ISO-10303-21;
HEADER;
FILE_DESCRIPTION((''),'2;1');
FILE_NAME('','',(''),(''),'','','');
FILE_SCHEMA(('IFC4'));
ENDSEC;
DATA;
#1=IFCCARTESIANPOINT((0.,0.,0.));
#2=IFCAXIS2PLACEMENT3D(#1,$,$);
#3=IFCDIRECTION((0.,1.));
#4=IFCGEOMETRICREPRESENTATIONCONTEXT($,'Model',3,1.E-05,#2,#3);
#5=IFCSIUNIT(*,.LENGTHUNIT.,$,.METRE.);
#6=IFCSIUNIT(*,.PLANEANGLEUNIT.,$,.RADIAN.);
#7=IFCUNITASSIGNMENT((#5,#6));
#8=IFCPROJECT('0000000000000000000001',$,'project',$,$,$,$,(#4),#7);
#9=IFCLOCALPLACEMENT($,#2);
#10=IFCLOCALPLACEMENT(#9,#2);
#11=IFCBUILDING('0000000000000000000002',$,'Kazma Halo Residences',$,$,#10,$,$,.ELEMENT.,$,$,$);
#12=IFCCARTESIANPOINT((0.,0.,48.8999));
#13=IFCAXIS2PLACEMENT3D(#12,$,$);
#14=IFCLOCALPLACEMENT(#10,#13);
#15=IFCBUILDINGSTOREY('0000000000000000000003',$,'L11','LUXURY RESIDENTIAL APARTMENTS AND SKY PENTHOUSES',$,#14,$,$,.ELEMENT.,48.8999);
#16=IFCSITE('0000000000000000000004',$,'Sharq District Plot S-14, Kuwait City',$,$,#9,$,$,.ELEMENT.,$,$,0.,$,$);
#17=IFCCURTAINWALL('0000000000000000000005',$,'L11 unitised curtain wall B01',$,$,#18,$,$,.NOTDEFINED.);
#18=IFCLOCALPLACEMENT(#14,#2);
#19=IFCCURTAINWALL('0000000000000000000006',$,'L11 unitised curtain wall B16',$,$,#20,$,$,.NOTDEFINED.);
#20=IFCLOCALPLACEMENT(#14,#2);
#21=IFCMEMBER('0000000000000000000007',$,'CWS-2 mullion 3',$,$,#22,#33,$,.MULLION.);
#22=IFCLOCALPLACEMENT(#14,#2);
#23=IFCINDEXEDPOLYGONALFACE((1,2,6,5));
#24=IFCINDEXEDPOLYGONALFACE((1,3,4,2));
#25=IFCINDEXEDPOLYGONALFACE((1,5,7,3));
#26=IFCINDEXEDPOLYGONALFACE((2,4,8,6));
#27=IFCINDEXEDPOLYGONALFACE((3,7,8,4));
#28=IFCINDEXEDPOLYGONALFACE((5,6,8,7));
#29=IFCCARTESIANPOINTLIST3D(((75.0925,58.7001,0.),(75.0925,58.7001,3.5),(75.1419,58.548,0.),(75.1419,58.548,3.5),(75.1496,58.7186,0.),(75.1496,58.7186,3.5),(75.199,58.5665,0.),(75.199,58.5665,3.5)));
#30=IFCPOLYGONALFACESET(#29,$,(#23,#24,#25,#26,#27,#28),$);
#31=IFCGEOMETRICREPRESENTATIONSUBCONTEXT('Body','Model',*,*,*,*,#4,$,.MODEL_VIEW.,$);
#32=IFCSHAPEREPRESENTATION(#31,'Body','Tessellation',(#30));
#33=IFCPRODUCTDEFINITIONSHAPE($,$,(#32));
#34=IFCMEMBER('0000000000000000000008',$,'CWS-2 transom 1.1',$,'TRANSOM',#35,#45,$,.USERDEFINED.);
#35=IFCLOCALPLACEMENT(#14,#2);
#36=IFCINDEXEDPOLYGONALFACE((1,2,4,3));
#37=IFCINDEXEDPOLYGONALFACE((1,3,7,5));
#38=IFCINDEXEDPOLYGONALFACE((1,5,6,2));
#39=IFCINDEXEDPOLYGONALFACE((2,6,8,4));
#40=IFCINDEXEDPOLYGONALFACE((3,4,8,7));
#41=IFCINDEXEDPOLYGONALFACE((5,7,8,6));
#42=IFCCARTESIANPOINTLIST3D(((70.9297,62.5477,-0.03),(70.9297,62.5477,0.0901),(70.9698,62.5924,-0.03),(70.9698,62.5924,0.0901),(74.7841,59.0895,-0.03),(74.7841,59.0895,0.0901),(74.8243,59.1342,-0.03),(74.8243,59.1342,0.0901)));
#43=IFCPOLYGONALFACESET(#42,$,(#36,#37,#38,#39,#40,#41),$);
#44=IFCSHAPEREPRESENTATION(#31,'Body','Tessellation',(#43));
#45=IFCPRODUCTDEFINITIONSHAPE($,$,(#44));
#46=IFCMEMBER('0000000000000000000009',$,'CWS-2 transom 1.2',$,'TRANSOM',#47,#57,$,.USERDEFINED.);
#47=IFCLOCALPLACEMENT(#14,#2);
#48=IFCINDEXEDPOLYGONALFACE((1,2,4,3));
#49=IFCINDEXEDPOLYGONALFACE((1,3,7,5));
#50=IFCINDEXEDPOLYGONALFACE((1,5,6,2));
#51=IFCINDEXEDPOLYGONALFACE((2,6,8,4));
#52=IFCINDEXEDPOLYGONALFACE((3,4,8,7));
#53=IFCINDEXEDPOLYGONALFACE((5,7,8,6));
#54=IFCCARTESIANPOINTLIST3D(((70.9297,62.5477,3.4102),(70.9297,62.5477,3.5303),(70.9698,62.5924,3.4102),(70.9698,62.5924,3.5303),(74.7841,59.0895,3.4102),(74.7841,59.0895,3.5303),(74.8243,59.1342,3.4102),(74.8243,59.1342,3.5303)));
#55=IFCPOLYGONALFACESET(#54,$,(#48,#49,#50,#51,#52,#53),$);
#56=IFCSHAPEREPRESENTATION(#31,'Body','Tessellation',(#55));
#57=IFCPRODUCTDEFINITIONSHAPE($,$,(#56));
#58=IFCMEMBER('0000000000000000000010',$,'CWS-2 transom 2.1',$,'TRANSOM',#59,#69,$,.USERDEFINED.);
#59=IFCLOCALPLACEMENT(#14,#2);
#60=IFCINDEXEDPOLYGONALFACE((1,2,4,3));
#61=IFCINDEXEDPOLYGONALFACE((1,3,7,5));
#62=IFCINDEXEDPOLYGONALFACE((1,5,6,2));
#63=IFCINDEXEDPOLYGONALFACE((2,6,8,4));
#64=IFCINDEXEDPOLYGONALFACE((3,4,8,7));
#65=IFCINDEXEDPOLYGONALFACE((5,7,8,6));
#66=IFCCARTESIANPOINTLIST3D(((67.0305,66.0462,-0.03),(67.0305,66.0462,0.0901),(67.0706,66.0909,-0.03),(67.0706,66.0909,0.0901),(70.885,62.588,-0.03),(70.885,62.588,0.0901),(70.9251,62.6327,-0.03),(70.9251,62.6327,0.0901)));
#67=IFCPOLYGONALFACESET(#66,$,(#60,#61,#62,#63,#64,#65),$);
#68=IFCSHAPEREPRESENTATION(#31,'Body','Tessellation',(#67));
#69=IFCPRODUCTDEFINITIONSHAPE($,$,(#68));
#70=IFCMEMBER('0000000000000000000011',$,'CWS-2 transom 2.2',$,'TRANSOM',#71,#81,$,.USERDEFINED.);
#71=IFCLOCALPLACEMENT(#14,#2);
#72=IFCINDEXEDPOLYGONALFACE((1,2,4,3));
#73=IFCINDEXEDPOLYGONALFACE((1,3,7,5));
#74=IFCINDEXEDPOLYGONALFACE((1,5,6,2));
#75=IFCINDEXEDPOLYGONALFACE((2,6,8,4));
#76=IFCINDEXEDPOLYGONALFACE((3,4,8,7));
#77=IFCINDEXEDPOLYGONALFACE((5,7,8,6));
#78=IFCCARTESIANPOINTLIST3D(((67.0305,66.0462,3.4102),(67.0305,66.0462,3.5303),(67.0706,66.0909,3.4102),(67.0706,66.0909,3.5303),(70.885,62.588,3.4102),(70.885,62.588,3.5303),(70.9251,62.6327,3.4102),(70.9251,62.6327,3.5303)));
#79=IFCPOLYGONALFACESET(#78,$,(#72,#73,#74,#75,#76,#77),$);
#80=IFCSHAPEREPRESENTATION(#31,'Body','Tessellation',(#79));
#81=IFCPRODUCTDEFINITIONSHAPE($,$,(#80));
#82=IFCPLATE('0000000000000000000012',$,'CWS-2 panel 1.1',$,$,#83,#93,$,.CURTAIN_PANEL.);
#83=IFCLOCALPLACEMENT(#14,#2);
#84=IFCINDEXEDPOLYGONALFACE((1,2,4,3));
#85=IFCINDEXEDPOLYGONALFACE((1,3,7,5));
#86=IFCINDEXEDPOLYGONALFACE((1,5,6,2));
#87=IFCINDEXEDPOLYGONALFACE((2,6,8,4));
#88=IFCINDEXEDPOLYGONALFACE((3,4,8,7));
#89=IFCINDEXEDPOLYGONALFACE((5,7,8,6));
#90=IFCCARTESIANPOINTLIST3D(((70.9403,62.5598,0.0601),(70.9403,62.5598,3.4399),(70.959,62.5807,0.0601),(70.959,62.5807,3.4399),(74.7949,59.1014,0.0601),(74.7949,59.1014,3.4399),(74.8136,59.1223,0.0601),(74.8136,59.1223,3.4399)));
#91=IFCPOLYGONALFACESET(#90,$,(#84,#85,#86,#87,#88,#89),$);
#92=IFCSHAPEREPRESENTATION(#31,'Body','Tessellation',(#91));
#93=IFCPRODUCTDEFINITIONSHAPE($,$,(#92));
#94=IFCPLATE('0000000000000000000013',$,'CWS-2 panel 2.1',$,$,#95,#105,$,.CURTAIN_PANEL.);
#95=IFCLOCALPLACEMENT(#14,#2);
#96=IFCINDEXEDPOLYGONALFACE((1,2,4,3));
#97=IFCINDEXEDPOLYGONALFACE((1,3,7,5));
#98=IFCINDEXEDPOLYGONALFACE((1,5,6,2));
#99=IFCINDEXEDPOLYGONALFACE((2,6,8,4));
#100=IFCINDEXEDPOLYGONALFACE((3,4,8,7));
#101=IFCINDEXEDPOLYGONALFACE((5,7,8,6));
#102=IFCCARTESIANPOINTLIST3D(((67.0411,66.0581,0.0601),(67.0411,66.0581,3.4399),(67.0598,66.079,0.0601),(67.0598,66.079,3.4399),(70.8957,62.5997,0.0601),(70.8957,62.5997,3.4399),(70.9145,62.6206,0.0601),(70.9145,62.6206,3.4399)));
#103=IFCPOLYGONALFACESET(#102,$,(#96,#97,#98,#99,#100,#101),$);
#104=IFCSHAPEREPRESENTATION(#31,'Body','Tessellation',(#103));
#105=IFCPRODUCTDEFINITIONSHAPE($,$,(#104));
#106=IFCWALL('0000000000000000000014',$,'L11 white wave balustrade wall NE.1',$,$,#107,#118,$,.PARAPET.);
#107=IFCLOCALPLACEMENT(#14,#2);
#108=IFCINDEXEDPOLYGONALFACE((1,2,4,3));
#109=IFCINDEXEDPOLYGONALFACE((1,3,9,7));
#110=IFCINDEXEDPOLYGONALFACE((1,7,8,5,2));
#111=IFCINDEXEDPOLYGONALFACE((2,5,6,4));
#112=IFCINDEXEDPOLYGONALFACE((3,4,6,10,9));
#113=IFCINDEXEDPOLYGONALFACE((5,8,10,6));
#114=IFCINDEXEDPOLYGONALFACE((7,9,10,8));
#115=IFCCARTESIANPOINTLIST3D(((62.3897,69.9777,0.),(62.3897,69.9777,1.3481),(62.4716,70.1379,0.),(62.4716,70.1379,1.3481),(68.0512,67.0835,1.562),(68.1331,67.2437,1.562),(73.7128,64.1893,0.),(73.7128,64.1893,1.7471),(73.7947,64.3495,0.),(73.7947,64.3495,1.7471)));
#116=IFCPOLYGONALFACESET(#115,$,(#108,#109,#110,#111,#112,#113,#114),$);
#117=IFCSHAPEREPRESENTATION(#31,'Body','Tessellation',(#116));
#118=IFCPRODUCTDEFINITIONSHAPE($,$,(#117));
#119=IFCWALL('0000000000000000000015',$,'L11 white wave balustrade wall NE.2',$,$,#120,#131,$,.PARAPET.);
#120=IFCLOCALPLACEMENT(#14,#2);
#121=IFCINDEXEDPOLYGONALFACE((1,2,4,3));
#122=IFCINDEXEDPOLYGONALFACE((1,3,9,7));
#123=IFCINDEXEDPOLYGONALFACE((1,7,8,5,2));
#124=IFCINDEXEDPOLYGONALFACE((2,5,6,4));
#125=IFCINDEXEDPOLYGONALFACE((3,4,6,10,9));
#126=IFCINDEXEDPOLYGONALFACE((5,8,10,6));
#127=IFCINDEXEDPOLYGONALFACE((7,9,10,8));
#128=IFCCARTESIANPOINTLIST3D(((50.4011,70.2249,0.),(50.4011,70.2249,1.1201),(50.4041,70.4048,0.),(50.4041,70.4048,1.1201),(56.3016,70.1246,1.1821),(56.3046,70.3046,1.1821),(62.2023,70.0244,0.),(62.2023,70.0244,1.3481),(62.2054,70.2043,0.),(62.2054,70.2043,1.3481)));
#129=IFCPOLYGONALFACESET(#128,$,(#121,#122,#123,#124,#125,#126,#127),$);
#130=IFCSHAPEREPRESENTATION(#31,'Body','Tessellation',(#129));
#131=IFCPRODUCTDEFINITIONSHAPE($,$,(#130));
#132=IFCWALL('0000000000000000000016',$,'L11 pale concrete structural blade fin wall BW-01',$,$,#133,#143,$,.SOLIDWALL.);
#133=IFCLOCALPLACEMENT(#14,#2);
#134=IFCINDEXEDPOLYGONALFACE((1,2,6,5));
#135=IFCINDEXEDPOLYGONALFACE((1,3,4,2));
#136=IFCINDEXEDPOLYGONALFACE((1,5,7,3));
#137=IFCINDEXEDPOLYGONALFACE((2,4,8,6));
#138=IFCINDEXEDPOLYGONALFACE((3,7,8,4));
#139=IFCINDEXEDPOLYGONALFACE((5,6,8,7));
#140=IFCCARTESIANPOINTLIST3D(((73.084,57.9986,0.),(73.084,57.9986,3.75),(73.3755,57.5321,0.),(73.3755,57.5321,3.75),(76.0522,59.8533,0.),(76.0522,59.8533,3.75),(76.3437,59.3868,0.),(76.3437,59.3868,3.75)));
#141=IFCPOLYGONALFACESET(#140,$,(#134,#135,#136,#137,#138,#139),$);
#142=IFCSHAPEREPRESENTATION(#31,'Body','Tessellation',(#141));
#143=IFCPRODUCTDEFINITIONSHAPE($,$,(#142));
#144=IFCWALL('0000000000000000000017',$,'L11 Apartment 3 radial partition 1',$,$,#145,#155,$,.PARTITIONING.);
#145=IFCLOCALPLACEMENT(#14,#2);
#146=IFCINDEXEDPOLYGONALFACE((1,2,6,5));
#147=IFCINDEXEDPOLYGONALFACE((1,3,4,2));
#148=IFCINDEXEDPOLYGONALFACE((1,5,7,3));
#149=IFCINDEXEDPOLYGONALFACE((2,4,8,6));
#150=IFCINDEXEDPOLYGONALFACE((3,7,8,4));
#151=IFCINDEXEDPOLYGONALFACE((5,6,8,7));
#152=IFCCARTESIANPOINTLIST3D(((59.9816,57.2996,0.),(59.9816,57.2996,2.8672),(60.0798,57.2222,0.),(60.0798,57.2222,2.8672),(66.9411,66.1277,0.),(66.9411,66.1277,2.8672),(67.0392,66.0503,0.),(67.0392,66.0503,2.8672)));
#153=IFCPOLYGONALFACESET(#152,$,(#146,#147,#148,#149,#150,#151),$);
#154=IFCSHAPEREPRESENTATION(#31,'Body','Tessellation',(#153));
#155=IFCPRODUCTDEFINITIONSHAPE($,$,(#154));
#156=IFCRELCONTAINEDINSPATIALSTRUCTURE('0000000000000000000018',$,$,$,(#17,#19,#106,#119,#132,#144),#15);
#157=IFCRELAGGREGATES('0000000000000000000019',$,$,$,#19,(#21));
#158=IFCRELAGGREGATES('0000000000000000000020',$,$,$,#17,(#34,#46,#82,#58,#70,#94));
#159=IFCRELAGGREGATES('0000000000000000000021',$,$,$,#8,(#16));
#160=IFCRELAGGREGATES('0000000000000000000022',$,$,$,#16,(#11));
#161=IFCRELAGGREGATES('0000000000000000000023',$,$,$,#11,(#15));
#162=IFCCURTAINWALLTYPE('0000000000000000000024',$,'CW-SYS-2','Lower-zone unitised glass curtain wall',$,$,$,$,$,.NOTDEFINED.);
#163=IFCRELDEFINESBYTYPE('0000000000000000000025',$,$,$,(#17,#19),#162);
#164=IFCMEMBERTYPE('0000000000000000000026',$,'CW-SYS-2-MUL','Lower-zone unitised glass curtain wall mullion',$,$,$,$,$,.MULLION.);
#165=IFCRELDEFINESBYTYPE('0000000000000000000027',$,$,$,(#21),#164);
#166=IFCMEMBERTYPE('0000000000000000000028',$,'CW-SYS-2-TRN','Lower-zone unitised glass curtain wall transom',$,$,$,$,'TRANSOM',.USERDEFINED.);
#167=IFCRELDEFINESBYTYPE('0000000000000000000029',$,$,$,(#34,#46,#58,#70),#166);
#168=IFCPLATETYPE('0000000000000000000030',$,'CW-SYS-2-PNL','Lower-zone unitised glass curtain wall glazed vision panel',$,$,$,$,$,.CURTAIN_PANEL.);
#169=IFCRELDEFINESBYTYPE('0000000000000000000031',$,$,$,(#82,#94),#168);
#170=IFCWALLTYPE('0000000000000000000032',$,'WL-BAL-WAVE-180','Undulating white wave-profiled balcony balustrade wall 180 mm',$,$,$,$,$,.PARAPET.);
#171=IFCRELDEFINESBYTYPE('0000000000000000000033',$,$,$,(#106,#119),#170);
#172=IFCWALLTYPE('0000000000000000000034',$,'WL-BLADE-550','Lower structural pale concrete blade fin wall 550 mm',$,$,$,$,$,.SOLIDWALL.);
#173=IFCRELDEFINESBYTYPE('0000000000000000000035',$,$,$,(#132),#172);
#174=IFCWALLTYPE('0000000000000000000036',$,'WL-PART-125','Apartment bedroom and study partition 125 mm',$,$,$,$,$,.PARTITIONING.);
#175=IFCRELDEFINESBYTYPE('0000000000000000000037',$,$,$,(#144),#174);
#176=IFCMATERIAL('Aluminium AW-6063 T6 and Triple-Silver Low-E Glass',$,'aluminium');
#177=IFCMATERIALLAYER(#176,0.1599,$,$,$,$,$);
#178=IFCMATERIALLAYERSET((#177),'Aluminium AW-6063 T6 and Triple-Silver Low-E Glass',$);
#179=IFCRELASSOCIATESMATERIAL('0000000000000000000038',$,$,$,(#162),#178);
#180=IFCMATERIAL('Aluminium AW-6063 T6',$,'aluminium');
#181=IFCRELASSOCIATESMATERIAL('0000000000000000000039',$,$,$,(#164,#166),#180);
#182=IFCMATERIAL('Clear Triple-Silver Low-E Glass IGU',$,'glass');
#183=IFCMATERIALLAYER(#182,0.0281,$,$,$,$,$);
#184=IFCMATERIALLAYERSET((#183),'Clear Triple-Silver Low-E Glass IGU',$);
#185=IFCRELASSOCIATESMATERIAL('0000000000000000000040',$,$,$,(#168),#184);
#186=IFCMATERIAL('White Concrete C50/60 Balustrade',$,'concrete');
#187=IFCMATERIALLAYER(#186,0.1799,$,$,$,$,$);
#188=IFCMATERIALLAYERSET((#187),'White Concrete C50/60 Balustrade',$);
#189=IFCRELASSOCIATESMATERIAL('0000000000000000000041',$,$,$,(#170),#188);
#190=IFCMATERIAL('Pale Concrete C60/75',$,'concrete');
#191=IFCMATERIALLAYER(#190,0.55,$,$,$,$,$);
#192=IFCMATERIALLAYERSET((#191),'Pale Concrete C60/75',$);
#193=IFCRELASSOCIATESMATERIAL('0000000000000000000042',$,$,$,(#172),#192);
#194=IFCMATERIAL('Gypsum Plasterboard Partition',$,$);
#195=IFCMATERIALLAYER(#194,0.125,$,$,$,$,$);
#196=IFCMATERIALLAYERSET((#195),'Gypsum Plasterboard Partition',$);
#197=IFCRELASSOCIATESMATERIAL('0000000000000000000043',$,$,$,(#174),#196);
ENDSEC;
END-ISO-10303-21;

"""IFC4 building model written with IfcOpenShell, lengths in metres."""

from ifc_helpers import new_model, si_unit, direction, frame, frame_2d, origin, origin_2d, place, context, subcontext, project, spatial, polyline, rectangle, outline, extrude, material, layer, layer_set, material_profile, profile_set, type_object, element, aggregate, save


model = new_model("IFC4")

# Units and contexts
model_context = context("Model", 3, precision=1e-05, world=origin(), true_north=direction((0.0, 1.0)))
body_context = subcontext(model_context, "Body", "Model", "MODEL_VIEW")
ifc_project = project(units=[si_unit("LENGTHUNIT", "METRE"), si_unit("PLANEANGLEUNIT", "RADIAN")], contexts=[model_context])

# Site, building, storey
site_placement = place(None, origin())
site = spatial("IfcSite", under=ifc_project, at=site_placement, Name="Sharq District Plot S-14, Kuwait City", CompositionType="ELEMENT", RefElevation=0.0)
building_placement = place(site_placement, origin())
building = spatial("IfcBuilding", under=site, at=building_placement, Name="Kazma Halo Residences", CompositionType="ELEMENT")
storey_placement = place(building_placement, frame((0.0, 0.0, 48.8999)))
storey = spatial("IfcBuildingStorey", under=building, at=storey_placement, Name="L11", Description="LUXURY RESIDENTIAL APARTMENTS AND SKY PENTHOUSES", CompositionType="ELEMENT", Elevation=48.8999)

# Curtain wall
ifc_material_1 = material(Name="Aluminium AW-6063 T6 and Triple-Silver Low-E Glass", Category="aluminium")
ifc_layer_1 = layer(ifc_material_1, 0.1599)
ifc_layer_set_1 = layer_set([ifc_layer_1], Name="Aluminium AW-6063 T6 and Triple-Silver Low-E Glass")
curtain_wall_type = type_object("IfcCurtainWallType", Name="CW-SYS-2", Description="Lower-zone unitised glass curtain wall", PredefinedType="NOTDEFINED", material=ifc_layer_set_1)
curtain_wall_1_placement = place(storey_placement, origin())
curtain_wall_1 = element("IfcCurtainWall", 1, at=curtain_wall_1_placement, inside=storey, type_object=curtain_wall_type, Name="L11 unitised curtain wall B01", PredefinedType="NOTDEFINED")
ifc_material_2 = material(Name="Aluminium AW-6063 T6", Category="aluminium")
ifc_material_profile_1 = material_profile(ifc_material_2, rectangle(XDim=0.0601, YDim=0.1599, at=origin_2d()), Name="CWM-60x160")
ifc_profile_set_1 = profile_set([ifc_material_profile_1], Name="Aluminium AW-6063 T6")
member_type_1 = type_object("IfcMemberType", Name="CW-SYS-2-MUL", Description="Lower-zone unitised glass curtain wall mullion", PredefinedType="MULLION", material=ifc_profile_set_1)

# Curtain wall, member
curtain_wall_2_placement = place(storey_placement, origin())
curtain_wall_2 = element("IfcCurtainWall", 2, at=curtain_wall_2_placement, inside=storey, type_object=curtain_wall_type, Name="L11 unitised curtain wall B16", PredefinedType="NOTDEFINED")
member_1_placement = place(storey_placement, frame((75.1458, 58.6333, 0.0), z_axis=(0.0, 0.0, 1.0), x_axis=(-0.951057, -0.309017, 0.0)))
member_1 = element("IfcMember", 3, at=member_1_placement, type_object=member_type_1, Name="CWS-2 mullion 3", PredefinedType="MULLION", context=body_context, shape_type="SweptSolid", body=[
    extrude(rectangle(XDim=0.0601, YDim=0.1599, at=origin_2d()), origin(), (0.0, 0.0, 1.0), 3.5),
])
aggregate(curtain_wall_2, [member_1])

# Members
ifc_material_profile_2 = material_profile(ifc_material_2, rectangle(XDim=0.0601, YDim=0.1201, at=origin_2d()), Name="CWT-60x120")
ifc_profile_set_2 = profile_set([ifc_material_profile_2], Name="Aluminium AW-6063 T6")
member_type_2 = type_object("IfcMemberType", Name="CW-SYS-2-TRN", Description="Lower-zone unitised glass curtain wall transom", ElementType="TRANSOM", PredefinedType="USERDEFINED", material=ifc_profile_set_2)
member_2_placement = place(storey_placement, frame((74.8042, 59.1118, 0.03), z_axis=(-0.744329, 0.667813, 0.0), x_axis=(-0.667813, -0.744329, 0.0)))
member_2 = element("IfcMember", 4, at=member_2_placement, type_object=member_type_2, Name="CWS-2 transom 1.1", ObjectType="TRANSOM", PredefinedType="USERDEFINED", context=body_context, shape_type="SweptSolid", body=[
    extrude(rectangle(XDim=0.0601, YDim=0.1201, at=origin_2d()), origin(), (0.0, 0.0, 1.0), 5.1785),
])
member_3_placement = place(storey_placement, frame((74.8042, 59.1118, 3.4702), z_axis=(-0.744329, 0.667813, 0.0), x_axis=(-0.667813, -0.744329, 0.0)))
member_3 = element("IfcMember", 5, at=member_3_placement, type_object=member_type_2, Name="CWS-2 transom 1.2", ObjectType="TRANSOM", PredefinedType="USERDEFINED", context=body_context, shape_type="SweptSolid", body=[
    extrude(rectangle(XDim=0.0601, YDim=0.1201, at=origin_2d()), origin(), (0.0, 0.0, 1.0), 5.1785),
])
member_4_placement = place(storey_placement, frame((70.905, 62.6104, 0.03), z_axis=(-0.744329, 0.667813, 0.0), x_axis=(-0.667813, -0.744329, 0.0)))
member_4 = element("IfcMember", 6, at=member_4_placement, type_object=member_type_2, Name="CWS-2 transom 2.1", ObjectType="TRANSOM", PredefinedType="USERDEFINED", context=body_context, shape_type="SweptSolid", body=[
    extrude(rectangle(XDim=0.0601, YDim=0.1201, at=origin_2d()), origin(), (0.0, 0.0, 1.0), 5.1785),
])
member_5_placement = place(storey_placement, frame((70.905, 62.6104, 3.4702), z_axis=(-0.744329, 0.667813, 0.0), x_axis=(-0.667813, -0.744329, 0.0)))
member_5 = element("IfcMember", 7, at=member_5_placement, type_object=member_type_2, Name="CWS-2 transom 2.2", ObjectType="TRANSOM", PredefinedType="USERDEFINED", context=body_context, shape_type="SweptSolid", body=[
    extrude(rectangle(XDim=0.0601, YDim=0.1201, at=origin_2d()), origin(), (0.0, 0.0, 1.0), 5.1785),
])

# Plates
ifc_material_3 = material(Name="Clear Triple-Silver Low-E Glass IGU", Category="glass")
ifc_layer_2 = layer(ifc_material_3, 0.0281)
ifc_layer_set_2 = layer_set([ifc_layer_2], Name="Clear Triple-Silver Low-E Glass IGU")
plate_type = type_object("IfcPlateType", Name="CW-SYS-2-PNL", Description="Lower-zone unitised glass curtain wall glazed vision panel", PredefinedType="CURTAIN_PANEL", material=ifc_layer_set_2)
plate_1_placement = place(storey_placement, frame((72.877, 60.8411, 0.0601), z_axis=(0.0, 0.0, 1.0), x_axis=(-0.744322, 0.667821, 0.0)))
plate_1 = element("IfcPlate", 8, at=plate_1_placement, type_object=plate_type, Name="CWS-2 panel 1.1", PredefinedType="CURTAIN_PANEL", context=body_context, shape_type="SweptSolid", body=[
    extrude(rectangle(XDim=5.1787, YDim=0.0281, at=origin_2d()), origin(), (0.0, 0.0, 1.0), 3.3799),
])
plate_2_placement = place(storey_placement, frame((68.9778, 64.3394, 0.0601), z_axis=(0.0, 0.0, 1.0), x_axis=(-0.744322, 0.667821, 0.0)))
plate_2 = element("IfcPlate", 9, at=plate_2_placement, type_object=plate_type, Name="CWS-2 panel 2.1", PredefinedType="CURTAIN_PANEL", context=body_context, shape_type="SweptSolid", body=[
    extrude(rectangle(XDim=5.1787, YDim=0.0281, at=origin_2d()), origin(), (0.0, 0.0, 1.0), 3.3799),
])
aggregate(curtain_wall_1, [member_2, member_3, plate_1, member_4, member_5, plate_2])

# Walls
ifc_material_4 = material(Name="White Concrete C50/60 Balustrade", Category="concrete")
ifc_layer_3 = layer(ifc_material_4, 0.1799)
ifc_layer_set_3 = layer_set([ifc_layer_3], Name="White Concrete C50/60 Balustrade")
wall_type_1 = type_object("IfcWallType", Name="WL-BAL-WAVE-180", Description="Undulating white wave-profiled balcony balustrade wall 180 mm", PredefinedType="PARAPET", material=ifc_layer_set_3)
wall_1_placement = place(storey_placement, frame((73.7537, 64.2693, 0.0), z_axis=(0.0, 0.0, 1.0), x_axis=(-0.890402, 0.455175, 0.0)))
element("IfcWall", 10, at=wall_1_placement, inside=storey, type_object=wall_type_1, Name="L11 white wave balustrade wall NE.1", PredefinedType="PARAPET", context=body_context, shape_type="SweptSolid", body=[
    extrude(outline(polyline([(0.0, 0.0), (12.7168, 0.0), (12.7168, 1.3481), (6.3584, 1.562), (0.0, 1.7471), (0.0, 0.0)])), frame((0.0, 0.0898, 0.0), z_axis=(0.0, -1.0, 0.0), x_axis=(1.0, 0.0, 0.0)), (0.0, 0.0, 1.0), 0.1799),
])
wall_2_placement = place(storey_placement, frame((62.2039, 70.1143, 0.0), z_axis=(0.0, 0.0, 1.0), x_axis=(-0.999856, 0.016982, 0.0)))
element("IfcWall", 11, at=wall_2_placement, inside=storey, type_object=wall_type_1, Name="L11 white wave balustrade wall NE.2", PredefinedType="PARAPET", context=body_context, shape_type="SweptSolid", body=[
    extrude(outline(polyline([(0.0, 0.0), (11.803, 0.0), (11.803, 1.1201), (5.9016, 1.1821), (0.0, 1.3481), (0.0, 0.0)])), frame((0.0, 0.0898, 0.0), z_axis=(0.0, -1.0, 0.0), x_axis=(1.0, 0.0, 0.0)), (0.0, 0.0, 1.0), 0.1799),
])
ifc_material_5 = material(Name="Pale Concrete C60/75", Category="concrete")
ifc_layer_4 = layer(ifc_material_5, 0.55)
ifc_layer_set_4 = layer_set([ifc_layer_4], Name="Pale Concrete C60/75")
wall_type_2 = type_object("IfcWallType", Name="WL-BLADE-550", Description="Lower structural pale concrete blade fin wall 550 mm", PredefinedType="SOLIDWALL", material=ifc_layer_set_4)
wall_3_placement = place(storey_placement, frame((73.2297, 57.7654, 0.0), z_axis=(0.0, 0.0, 1.0), x_axis=(0.848053, 0.529911, 0.0)))
element("IfcWall", 12, at=wall_3_placement, inside=storey, type_object=wall_type_2, Name="L11 pale concrete structural blade fin wall BW-01", PredefinedType="SOLIDWALL", context=body_context, shape_type="SweptSolid", body=[
    extrude(rectangle(XDim=3.5, YDim=0.55, at=frame_2d((1.75, 0.0))), origin(), (0.0, 0.0, 1.0), 3.75),
])

# Wall
ifc_material_6 = material(Name="Gypsum Plasterboard Partition")
ifc_layer_5 = layer(ifc_material_6, 0.125)
ifc_layer_set_5 = layer_set([ifc_layer_5], Name="Gypsum Plasterboard Partition")
wall_type_3 = type_object("IfcWallType", Name="WL-PART-125", Description="Apartment bedroom and study partition 125 mm", PredefinedType="PARTITIONING", material=ifc_layer_set_5)
wall_4_placement = place(storey_placement, frame((60.0308, 57.261, 0.0), z_axis=(0.0, 0.0, 1.0), x_axis=(0.619091, 0.78532, 0.0)))
element("IfcWall", 13, at=wall_4_placement, inside=storey, type_object=wall_type_3, Name="L11 Apartment 3 radial partition 1", PredefinedType="PARTITIONING", context=body_context, shape_type="SweptSolid", body=[
    extrude(rectangle(XDim=11.2415, YDim=0.125, at=frame_2d((5.6206, 0.0))), origin(), (0.0, 0.0, 1.0), 2.8672),
])

save(model, "model.ifc")
